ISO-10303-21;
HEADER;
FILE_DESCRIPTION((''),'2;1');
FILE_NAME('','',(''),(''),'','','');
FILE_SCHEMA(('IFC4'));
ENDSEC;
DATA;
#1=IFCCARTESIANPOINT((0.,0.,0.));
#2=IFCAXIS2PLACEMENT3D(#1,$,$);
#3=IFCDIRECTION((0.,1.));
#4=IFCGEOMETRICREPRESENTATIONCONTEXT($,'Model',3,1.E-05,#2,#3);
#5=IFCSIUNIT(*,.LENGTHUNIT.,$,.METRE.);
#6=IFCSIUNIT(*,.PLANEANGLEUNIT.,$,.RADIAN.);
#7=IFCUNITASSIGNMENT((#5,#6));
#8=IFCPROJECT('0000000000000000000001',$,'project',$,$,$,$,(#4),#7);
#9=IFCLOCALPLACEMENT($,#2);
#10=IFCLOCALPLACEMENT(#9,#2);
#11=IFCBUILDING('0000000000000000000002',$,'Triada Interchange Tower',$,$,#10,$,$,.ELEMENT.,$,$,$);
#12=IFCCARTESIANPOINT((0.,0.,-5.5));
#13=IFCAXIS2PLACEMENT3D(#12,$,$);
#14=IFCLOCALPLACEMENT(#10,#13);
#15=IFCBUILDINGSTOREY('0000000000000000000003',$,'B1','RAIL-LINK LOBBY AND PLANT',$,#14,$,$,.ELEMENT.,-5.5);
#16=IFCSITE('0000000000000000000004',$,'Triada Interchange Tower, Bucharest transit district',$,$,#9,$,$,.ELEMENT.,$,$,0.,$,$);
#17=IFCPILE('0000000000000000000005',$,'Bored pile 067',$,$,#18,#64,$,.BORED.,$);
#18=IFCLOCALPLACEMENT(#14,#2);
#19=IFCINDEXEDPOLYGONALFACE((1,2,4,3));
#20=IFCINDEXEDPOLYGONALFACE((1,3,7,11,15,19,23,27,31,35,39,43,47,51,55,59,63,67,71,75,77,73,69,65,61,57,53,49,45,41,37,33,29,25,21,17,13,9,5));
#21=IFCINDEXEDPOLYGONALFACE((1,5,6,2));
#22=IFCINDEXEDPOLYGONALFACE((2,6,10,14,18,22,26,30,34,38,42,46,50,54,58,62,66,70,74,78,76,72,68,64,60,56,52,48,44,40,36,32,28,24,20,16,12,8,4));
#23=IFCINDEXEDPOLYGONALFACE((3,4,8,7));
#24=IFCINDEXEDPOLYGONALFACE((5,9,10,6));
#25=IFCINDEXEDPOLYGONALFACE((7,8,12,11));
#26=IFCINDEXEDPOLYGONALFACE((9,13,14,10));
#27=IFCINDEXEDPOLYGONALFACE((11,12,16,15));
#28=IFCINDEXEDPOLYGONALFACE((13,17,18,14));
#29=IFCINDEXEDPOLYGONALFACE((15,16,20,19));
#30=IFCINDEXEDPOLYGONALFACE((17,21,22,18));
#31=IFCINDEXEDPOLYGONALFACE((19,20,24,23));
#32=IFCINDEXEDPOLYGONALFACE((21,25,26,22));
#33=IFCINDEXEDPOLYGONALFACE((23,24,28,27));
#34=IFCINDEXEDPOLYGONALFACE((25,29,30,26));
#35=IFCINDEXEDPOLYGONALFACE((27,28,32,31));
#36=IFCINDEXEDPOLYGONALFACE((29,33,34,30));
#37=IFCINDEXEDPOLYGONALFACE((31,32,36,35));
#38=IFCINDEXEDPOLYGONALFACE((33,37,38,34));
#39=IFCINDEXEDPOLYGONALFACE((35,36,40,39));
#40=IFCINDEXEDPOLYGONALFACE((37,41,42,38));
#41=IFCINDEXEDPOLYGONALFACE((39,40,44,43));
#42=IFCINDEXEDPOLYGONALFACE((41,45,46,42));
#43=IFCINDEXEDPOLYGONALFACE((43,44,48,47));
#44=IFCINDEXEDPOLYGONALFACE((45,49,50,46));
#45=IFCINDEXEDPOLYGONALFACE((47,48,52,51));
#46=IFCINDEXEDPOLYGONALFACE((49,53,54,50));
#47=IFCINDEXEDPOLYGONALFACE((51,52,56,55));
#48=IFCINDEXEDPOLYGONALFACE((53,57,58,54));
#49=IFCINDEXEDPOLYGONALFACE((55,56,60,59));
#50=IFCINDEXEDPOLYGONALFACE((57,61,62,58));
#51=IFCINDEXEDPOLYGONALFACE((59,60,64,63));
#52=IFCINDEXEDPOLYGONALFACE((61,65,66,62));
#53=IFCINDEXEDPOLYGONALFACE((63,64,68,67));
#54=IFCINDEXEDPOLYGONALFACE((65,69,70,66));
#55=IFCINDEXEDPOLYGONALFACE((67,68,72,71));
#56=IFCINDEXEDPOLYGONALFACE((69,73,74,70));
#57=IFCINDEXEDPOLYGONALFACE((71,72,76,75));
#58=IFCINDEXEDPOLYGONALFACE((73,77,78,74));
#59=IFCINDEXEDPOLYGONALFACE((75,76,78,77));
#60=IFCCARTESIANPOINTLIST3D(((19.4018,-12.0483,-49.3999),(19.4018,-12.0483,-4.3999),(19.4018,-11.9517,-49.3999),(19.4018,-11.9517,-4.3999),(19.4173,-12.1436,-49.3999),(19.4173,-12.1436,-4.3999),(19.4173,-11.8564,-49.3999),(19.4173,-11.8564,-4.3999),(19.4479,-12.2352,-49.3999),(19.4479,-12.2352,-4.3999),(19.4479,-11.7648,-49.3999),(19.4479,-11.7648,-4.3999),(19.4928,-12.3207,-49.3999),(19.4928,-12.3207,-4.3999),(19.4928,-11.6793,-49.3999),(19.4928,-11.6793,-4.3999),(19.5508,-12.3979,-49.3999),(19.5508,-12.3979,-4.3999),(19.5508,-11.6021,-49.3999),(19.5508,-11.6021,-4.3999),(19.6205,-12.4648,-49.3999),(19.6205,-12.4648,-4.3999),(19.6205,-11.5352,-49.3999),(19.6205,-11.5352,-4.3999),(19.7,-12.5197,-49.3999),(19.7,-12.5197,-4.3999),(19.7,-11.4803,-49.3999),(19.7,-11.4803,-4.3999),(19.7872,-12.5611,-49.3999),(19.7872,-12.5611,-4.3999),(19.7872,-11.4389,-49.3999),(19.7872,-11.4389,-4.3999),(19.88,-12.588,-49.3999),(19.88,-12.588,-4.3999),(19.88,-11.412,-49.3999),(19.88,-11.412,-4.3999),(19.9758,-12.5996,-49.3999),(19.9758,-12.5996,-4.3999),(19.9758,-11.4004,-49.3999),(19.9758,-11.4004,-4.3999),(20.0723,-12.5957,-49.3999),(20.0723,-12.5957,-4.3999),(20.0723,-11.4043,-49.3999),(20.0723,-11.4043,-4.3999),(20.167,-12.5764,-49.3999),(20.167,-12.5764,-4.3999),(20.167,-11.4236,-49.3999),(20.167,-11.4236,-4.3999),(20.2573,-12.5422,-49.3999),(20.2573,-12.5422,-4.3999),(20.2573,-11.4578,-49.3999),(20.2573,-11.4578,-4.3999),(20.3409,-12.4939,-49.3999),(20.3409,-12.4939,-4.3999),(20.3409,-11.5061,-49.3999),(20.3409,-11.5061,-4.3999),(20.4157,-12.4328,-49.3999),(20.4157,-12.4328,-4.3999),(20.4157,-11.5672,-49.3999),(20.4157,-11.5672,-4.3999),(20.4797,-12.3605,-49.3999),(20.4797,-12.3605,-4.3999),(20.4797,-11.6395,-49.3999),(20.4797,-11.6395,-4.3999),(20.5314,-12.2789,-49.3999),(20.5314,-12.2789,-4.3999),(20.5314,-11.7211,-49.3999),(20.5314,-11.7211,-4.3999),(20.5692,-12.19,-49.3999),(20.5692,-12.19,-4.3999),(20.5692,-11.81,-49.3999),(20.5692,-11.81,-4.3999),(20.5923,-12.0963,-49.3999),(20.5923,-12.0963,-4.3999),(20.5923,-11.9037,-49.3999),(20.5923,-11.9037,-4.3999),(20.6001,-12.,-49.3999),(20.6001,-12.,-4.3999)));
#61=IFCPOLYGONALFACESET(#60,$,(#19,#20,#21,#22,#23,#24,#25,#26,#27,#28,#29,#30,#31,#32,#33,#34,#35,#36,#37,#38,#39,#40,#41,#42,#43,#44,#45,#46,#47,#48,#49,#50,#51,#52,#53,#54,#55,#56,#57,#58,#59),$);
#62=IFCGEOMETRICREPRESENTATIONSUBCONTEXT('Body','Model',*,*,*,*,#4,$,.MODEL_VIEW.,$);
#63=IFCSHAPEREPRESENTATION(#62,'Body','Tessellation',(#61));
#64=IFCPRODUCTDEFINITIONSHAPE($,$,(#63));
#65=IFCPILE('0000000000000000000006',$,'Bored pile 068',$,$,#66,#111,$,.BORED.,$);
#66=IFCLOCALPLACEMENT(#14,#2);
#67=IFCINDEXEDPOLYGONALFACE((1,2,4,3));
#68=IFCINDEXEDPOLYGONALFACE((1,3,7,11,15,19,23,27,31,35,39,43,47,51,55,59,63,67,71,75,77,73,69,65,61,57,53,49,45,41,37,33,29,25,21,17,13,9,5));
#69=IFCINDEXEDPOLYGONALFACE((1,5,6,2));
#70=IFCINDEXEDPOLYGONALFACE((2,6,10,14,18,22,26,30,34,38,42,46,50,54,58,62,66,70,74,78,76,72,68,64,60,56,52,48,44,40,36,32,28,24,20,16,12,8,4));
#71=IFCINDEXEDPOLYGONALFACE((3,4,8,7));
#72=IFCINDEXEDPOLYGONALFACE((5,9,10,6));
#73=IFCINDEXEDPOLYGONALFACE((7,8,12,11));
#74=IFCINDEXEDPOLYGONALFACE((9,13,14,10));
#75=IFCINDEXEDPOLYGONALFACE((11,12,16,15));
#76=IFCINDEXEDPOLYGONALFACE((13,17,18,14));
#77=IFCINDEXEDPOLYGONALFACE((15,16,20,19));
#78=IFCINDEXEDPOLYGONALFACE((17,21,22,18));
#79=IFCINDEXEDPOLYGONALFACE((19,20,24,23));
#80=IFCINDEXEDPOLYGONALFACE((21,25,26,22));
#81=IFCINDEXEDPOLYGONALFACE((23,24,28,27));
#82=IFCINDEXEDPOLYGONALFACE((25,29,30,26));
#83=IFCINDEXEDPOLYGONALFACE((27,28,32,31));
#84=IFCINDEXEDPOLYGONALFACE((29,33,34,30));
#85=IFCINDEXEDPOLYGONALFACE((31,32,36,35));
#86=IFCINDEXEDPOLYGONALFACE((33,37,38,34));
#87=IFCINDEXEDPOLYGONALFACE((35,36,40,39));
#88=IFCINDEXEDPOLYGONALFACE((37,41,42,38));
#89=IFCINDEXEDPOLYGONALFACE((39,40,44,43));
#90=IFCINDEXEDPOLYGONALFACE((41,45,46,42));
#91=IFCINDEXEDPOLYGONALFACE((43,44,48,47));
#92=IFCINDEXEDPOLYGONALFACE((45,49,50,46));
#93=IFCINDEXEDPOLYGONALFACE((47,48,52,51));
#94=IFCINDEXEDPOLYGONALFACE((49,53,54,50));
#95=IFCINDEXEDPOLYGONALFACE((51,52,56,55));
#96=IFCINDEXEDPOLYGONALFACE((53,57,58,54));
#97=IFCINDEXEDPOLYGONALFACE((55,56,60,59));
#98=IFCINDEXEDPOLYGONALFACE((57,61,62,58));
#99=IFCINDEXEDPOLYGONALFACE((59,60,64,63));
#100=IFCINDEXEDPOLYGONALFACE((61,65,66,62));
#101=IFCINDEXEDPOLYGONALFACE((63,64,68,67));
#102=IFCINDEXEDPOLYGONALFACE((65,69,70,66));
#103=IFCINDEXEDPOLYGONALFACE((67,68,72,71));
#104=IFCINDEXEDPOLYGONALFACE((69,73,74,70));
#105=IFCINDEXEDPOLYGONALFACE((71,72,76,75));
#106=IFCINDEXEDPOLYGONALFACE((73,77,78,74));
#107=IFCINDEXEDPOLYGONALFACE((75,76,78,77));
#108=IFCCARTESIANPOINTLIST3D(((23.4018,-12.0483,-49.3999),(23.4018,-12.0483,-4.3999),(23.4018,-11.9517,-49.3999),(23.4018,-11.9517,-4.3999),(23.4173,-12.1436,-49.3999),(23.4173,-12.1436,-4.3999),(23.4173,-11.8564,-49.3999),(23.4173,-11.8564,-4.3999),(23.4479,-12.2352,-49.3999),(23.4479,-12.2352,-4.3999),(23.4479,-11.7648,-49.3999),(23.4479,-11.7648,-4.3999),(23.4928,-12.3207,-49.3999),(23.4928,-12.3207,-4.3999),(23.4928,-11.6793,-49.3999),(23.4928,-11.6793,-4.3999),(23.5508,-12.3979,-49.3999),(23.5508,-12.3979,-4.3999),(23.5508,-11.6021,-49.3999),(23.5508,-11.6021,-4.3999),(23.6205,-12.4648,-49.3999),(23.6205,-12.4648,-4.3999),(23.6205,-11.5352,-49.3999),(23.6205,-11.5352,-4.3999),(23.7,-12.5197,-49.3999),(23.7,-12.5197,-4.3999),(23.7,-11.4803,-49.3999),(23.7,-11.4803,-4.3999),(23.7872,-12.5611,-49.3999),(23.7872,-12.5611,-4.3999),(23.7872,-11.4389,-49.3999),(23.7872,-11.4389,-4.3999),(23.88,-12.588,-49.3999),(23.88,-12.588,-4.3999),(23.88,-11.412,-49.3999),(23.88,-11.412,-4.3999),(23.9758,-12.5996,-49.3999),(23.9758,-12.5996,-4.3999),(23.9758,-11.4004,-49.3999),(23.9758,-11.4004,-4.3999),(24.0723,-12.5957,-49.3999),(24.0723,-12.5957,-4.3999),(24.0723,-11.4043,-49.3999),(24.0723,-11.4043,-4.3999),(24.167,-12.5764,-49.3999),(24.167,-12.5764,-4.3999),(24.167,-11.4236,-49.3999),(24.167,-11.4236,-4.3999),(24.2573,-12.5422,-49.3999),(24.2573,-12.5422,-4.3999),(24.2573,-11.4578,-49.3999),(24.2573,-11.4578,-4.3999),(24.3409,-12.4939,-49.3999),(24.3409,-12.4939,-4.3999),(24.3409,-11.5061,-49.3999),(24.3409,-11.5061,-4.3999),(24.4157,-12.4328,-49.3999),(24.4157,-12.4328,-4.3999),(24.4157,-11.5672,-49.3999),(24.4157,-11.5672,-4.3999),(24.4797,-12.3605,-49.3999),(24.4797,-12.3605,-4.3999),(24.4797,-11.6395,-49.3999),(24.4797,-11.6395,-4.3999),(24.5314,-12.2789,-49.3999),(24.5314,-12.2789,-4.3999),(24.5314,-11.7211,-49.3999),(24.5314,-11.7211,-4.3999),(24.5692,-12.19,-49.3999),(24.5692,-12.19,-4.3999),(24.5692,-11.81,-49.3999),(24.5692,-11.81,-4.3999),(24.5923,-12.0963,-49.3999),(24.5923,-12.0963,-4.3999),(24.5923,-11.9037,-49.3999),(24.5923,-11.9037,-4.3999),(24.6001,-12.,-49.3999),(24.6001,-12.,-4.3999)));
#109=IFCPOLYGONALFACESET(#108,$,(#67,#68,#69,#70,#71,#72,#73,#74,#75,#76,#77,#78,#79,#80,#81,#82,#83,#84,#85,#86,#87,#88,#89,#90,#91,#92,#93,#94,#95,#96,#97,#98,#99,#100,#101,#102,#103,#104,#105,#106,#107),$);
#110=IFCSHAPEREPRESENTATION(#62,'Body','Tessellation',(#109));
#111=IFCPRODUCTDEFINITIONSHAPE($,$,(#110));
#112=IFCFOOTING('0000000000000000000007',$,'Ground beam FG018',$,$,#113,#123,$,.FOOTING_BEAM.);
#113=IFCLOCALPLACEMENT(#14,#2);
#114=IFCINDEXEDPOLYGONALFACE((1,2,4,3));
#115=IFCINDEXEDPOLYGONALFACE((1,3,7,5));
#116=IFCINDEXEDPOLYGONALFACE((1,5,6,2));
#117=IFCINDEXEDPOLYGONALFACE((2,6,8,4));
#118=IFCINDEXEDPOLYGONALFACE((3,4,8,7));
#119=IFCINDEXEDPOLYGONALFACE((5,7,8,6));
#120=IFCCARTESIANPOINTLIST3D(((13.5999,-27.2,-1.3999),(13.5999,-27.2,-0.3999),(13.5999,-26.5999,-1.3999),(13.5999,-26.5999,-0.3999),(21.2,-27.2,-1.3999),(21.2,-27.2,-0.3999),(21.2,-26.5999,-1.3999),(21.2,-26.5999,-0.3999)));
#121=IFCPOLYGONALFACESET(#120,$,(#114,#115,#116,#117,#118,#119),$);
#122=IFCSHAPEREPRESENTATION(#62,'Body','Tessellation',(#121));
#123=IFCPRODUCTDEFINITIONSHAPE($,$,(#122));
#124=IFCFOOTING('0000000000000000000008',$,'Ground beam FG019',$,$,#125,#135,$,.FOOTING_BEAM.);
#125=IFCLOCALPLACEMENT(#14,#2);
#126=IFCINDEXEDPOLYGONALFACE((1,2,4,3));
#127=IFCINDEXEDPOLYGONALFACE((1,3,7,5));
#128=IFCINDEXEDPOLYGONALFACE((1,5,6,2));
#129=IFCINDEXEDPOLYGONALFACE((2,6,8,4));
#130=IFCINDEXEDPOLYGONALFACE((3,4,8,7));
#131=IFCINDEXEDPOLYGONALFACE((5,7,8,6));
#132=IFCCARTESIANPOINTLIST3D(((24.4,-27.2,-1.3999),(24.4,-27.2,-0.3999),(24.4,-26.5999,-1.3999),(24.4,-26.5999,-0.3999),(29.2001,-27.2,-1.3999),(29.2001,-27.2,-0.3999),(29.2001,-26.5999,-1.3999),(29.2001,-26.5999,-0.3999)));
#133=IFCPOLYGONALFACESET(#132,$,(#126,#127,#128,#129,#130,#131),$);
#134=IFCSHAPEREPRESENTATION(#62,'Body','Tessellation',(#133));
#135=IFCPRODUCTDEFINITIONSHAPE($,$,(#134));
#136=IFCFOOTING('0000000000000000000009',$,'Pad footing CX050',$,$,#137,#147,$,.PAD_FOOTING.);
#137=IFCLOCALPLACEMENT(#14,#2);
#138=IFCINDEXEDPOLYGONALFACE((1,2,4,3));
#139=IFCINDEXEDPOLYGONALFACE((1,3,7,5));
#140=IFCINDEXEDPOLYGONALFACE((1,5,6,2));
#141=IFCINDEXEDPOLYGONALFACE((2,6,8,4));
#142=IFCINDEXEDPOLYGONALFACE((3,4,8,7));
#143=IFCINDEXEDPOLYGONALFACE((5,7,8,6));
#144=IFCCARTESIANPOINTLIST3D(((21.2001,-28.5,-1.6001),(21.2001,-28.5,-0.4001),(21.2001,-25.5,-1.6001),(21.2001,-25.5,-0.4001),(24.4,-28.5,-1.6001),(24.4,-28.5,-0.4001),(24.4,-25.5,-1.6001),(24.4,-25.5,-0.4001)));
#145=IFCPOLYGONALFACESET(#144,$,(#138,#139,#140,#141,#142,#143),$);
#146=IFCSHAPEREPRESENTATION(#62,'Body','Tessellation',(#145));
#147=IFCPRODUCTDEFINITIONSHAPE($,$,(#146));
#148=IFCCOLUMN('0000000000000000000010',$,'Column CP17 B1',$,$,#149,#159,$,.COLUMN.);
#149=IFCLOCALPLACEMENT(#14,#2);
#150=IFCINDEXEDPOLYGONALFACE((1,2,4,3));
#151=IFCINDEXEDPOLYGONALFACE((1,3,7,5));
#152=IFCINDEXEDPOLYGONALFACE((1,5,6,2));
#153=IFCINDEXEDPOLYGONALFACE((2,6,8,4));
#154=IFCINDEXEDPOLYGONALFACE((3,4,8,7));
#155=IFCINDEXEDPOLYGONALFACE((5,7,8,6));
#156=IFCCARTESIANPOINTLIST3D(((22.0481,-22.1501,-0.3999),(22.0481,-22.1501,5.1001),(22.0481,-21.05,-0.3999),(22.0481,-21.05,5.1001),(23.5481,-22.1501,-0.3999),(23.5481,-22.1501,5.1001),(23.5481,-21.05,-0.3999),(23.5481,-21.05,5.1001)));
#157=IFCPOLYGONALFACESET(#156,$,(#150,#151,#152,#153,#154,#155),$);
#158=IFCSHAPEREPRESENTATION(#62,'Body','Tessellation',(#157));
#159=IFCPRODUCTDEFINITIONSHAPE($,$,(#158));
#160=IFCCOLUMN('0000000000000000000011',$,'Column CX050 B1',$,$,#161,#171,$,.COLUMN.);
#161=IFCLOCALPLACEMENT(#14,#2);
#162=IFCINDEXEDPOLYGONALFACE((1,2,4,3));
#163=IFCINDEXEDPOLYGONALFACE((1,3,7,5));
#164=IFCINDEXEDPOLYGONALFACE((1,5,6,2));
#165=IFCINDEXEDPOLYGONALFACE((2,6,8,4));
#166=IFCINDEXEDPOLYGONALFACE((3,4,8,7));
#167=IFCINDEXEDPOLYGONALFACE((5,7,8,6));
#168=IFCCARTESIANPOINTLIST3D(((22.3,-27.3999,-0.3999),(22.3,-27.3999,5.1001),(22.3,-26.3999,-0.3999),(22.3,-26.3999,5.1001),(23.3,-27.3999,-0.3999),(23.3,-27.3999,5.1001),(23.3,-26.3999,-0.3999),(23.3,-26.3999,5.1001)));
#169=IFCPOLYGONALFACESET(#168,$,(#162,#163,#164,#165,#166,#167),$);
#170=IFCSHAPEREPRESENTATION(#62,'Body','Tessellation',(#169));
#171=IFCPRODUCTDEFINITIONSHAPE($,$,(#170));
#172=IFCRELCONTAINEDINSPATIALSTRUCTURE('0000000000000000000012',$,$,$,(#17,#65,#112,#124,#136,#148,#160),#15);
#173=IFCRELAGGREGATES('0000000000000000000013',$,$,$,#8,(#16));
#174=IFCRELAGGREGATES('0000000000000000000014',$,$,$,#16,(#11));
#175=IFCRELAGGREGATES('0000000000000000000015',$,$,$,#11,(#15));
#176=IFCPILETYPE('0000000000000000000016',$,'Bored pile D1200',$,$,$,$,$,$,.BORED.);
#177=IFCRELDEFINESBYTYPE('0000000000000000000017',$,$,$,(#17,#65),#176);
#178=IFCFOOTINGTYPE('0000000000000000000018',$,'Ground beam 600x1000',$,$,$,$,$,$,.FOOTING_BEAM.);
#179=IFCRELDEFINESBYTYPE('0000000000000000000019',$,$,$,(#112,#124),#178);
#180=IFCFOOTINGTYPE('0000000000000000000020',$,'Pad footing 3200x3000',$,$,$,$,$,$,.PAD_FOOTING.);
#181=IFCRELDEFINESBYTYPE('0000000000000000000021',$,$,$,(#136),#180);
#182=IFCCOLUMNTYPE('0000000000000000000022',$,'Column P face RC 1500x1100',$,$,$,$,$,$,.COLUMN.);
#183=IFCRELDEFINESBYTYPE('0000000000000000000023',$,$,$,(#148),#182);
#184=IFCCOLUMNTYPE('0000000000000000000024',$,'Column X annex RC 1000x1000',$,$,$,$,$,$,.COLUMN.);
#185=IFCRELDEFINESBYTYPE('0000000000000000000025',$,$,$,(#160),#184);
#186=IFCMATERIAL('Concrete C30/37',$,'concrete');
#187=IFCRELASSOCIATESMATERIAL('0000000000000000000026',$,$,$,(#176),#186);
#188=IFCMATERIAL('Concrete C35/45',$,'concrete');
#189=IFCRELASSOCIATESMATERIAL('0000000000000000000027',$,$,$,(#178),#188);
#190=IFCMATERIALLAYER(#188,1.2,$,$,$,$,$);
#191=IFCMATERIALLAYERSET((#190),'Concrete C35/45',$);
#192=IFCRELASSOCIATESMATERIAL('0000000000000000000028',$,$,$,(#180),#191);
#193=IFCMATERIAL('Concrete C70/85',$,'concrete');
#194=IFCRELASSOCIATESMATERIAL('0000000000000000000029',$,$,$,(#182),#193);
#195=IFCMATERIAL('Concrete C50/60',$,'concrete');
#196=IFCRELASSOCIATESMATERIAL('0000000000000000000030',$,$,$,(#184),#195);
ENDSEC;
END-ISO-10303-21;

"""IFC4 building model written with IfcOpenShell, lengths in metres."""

from ifc_helpers import new_model, si_unit, direction, frame, origin, origin_2d, place, context, subcontext, project, spatial, rectangle, circle, extrude, material, layer, layer_set, material_profile, profile_set, type_object, element, save


model = new_model("IFC4")

# Units and contexts
model_context = context("Model", 3, precision=1e-05, world=origin(), true_north=direction((0.0, 1.0)))
body_context = subcontext(model_context, "Body", "Model", "MODEL_VIEW")
ifc_project = project(units=[si_unit("LENGTHUNIT", "METRE"), si_unit("PLANEANGLEUNIT", "RADIAN")], contexts=[model_context])

# Site, building, storey
site_placement = place(None, origin())
site = spatial("IfcSite", under=ifc_project, at=site_placement, Name="Triada Interchange Tower, Bucharest transit district", CompositionType="ELEMENT", RefElevation=0.0)
building_placement = place(site_placement, origin())
building = spatial("IfcBuilding", under=site, at=building_placement, Name="Triada Interchange Tower", CompositionType="ELEMENT")
storey_placement = place(building_placement, frame((0.0, 0.0, -5.5)))
storey = spatial("IfcBuildingStorey", under=building, at=storey_placement, Name="B1", Description="RAIL-LINK LOBBY AND PLANT", CompositionType="ELEMENT", Elevation=-5.5)

# Piles
ifc_material_1 = material(Name="Concrete C30/37", Category="concrete")
ifc_material_profile_1 = material_profile(ifc_material_1, circle(Radius=0.6001, at=origin_2d()), Name="RC D1200")
ifc_profile_set_1 = profile_set([ifc_material_profile_1], Name="Concrete C30/37")
pile_type = type_object("IfcPileType", Name="Bored pile D1200", PredefinedType="BORED", material=ifc_profile_set_1)
for number, where, z_axis, x_axis, name in (
    (1, (20.0, -12.0, -4.3999), (0.0, 0.0, -1.0), (1.0, 0.0, 0.0), "Bored pile 067"),
    (2, (24.0, -12.0, -4.3999), (0.0, 0.0, -1.0), (1.0, 0.0, 0.0), "Bored pile 068"),
):
    element("IfcPile", number, at=place(storey_placement, frame(where, z_axis=z_axis, x_axis=x_axis)), inside=storey, type_object=pile_type, Name=name, PredefinedType="BORED", context=body_context, shape_type="SweptSolid", body=[
        extrude(circle(Radius=0.6001, at=origin_2d()), origin(), (0.0, 0.0, 1.0), 45.0),
    ])

# Footings
ifc_material_2 = material(Name="Concrete C35/45", Category="concrete")
footing_type_1 = type_object("IfcFootingType", Name="Ground beam 600x1000", PredefinedType="FOOTING_BEAM", material=ifc_material_2)
footing_1_placement = place(storey_placement, frame((17.3999, -26.8999, -1.3999), z_axis=(0.0, 0.0, 1.0), x_axis=(1.0, 0.0, 0.0)))
element("IfcFooting", 3, at=footing_1_placement, inside=storey, type_object=footing_type_1, Name="Ground beam FG018", PredefinedType="FOOTING_BEAM", context=body_context, shape_type="SweptSolid", body=[
    extrude(rectangle(XDim=7.6001, YDim=0.6001, at=origin_2d()), origin(), (0.0, 0.0, 1.0), 1.0),
])
footing_2_placement = place(storey_placement, frame((26.8, -26.8999, -1.3999), z_axis=(0.0, 0.0, 1.0), x_axis=(1.0, 0.0, 0.0)))
element("IfcFooting", 4, at=footing_2_placement, inside=storey, type_object=footing_type_1, Name="Ground beam FG019", PredefinedType="FOOTING_BEAM", context=body_context, shape_type="SweptSolid", body=[
    extrude(rectangle(XDim=4.8, YDim=0.6001, at=origin_2d()), origin(), (0.0, 0.0, 1.0), 1.0),
])
ifc_layer_1 = layer(ifc_material_2, 1.2)
ifc_layer_set_1 = layer_set([ifc_layer_1], Name="Concrete C35/45")
footing_type_2 = type_object("IfcFootingType", Name="Pad footing 3200x3000", PredefinedType="PAD_FOOTING", material=ifc_layer_set_1)
footing_3_placement = place(storey_placement, frame((22.8, -27.0, -1.6001), z_axis=(0.0, 0.0, 1.0), x_axis=(1.0, 0.0, 0.0)))
element("IfcFooting", 5, at=footing_3_placement, inside=storey, type_object=footing_type_2, Name="Pad footing CX050", PredefinedType="PAD_FOOTING", context=body_context, shape_type="SweptSolid", body=[
    extrude(rectangle(XDim=3.2, YDim=3.0, at=origin_2d()), origin(), (0.0, 0.0, 1.0), 1.2),
])

# Columns
ifc_material_3 = material(Name="Concrete C70/85", Category="concrete")
ifc_material_profile_2 = material_profile(ifc_material_3, rectangle(XDim=1.5, YDim=1.1001, at=origin_2d()), Name="RC 1500x1100")
ifc_profile_set_2 = profile_set([ifc_material_profile_2], Name="Concrete C70/85")
column_type_1 = type_object("IfcColumnType", Name="Column P face RC 1500x1100", PredefinedType="COLUMN", material=ifc_profile_set_2)
column_1_placement = place(storey_placement, frame((22.7981, -21.6001, -0.3999), z_axis=(0.0, 0.0, 1.0), x_axis=(1.0, 0.0, 0.0)))
element("IfcColumn", 6, at=column_1_placement, inside=storey, type_object=column_type_1, Name="Column CP17 B1", PredefinedType="COLUMN", context=body_context, shape_type="SweptSolid", body=[
    extrude(rectangle(XDim=1.5, YDim=1.1001, at=origin_2d()), origin(), (0.0, 0.0, 1.0), 5.5),
])
ifc_material_4 = material(Name="Concrete C50/60", Category="concrete")
ifc_material_profile_3 = material_profile(ifc_material_4, rectangle(XDim=1.0, YDim=1.0, at=origin_2d()), Name="RC 1000x1000")
ifc_profile_set_3 = profile_set([ifc_material_profile_3], Name="Concrete C50/60")
column_type_2 = type_object("IfcColumnType", Name="Column X annex RC 1000x1000", PredefinedType="COLUMN", material=ifc_profile_set_3)
column_2_placement = place(storey_placement, frame((22.8, -26.8999, -0.3999), z_axis=(0.0, 0.0, 1.0), x_axis=(1.0, 0.0, 0.0)))
element("IfcColumn", 7, at=column_2_placement, inside=storey, type_object=column_type_2, Name="Column CX050 B1", PredefinedType="COLUMN", context=body_context, shape_type="SweptSolid", body=[
    extrude(rectangle(XDim=1.0, YDim=1.0, at=origin_2d()), origin(), (0.0, 0.0, 1.0), 5.5),
])

save(model, "model.ifc")
